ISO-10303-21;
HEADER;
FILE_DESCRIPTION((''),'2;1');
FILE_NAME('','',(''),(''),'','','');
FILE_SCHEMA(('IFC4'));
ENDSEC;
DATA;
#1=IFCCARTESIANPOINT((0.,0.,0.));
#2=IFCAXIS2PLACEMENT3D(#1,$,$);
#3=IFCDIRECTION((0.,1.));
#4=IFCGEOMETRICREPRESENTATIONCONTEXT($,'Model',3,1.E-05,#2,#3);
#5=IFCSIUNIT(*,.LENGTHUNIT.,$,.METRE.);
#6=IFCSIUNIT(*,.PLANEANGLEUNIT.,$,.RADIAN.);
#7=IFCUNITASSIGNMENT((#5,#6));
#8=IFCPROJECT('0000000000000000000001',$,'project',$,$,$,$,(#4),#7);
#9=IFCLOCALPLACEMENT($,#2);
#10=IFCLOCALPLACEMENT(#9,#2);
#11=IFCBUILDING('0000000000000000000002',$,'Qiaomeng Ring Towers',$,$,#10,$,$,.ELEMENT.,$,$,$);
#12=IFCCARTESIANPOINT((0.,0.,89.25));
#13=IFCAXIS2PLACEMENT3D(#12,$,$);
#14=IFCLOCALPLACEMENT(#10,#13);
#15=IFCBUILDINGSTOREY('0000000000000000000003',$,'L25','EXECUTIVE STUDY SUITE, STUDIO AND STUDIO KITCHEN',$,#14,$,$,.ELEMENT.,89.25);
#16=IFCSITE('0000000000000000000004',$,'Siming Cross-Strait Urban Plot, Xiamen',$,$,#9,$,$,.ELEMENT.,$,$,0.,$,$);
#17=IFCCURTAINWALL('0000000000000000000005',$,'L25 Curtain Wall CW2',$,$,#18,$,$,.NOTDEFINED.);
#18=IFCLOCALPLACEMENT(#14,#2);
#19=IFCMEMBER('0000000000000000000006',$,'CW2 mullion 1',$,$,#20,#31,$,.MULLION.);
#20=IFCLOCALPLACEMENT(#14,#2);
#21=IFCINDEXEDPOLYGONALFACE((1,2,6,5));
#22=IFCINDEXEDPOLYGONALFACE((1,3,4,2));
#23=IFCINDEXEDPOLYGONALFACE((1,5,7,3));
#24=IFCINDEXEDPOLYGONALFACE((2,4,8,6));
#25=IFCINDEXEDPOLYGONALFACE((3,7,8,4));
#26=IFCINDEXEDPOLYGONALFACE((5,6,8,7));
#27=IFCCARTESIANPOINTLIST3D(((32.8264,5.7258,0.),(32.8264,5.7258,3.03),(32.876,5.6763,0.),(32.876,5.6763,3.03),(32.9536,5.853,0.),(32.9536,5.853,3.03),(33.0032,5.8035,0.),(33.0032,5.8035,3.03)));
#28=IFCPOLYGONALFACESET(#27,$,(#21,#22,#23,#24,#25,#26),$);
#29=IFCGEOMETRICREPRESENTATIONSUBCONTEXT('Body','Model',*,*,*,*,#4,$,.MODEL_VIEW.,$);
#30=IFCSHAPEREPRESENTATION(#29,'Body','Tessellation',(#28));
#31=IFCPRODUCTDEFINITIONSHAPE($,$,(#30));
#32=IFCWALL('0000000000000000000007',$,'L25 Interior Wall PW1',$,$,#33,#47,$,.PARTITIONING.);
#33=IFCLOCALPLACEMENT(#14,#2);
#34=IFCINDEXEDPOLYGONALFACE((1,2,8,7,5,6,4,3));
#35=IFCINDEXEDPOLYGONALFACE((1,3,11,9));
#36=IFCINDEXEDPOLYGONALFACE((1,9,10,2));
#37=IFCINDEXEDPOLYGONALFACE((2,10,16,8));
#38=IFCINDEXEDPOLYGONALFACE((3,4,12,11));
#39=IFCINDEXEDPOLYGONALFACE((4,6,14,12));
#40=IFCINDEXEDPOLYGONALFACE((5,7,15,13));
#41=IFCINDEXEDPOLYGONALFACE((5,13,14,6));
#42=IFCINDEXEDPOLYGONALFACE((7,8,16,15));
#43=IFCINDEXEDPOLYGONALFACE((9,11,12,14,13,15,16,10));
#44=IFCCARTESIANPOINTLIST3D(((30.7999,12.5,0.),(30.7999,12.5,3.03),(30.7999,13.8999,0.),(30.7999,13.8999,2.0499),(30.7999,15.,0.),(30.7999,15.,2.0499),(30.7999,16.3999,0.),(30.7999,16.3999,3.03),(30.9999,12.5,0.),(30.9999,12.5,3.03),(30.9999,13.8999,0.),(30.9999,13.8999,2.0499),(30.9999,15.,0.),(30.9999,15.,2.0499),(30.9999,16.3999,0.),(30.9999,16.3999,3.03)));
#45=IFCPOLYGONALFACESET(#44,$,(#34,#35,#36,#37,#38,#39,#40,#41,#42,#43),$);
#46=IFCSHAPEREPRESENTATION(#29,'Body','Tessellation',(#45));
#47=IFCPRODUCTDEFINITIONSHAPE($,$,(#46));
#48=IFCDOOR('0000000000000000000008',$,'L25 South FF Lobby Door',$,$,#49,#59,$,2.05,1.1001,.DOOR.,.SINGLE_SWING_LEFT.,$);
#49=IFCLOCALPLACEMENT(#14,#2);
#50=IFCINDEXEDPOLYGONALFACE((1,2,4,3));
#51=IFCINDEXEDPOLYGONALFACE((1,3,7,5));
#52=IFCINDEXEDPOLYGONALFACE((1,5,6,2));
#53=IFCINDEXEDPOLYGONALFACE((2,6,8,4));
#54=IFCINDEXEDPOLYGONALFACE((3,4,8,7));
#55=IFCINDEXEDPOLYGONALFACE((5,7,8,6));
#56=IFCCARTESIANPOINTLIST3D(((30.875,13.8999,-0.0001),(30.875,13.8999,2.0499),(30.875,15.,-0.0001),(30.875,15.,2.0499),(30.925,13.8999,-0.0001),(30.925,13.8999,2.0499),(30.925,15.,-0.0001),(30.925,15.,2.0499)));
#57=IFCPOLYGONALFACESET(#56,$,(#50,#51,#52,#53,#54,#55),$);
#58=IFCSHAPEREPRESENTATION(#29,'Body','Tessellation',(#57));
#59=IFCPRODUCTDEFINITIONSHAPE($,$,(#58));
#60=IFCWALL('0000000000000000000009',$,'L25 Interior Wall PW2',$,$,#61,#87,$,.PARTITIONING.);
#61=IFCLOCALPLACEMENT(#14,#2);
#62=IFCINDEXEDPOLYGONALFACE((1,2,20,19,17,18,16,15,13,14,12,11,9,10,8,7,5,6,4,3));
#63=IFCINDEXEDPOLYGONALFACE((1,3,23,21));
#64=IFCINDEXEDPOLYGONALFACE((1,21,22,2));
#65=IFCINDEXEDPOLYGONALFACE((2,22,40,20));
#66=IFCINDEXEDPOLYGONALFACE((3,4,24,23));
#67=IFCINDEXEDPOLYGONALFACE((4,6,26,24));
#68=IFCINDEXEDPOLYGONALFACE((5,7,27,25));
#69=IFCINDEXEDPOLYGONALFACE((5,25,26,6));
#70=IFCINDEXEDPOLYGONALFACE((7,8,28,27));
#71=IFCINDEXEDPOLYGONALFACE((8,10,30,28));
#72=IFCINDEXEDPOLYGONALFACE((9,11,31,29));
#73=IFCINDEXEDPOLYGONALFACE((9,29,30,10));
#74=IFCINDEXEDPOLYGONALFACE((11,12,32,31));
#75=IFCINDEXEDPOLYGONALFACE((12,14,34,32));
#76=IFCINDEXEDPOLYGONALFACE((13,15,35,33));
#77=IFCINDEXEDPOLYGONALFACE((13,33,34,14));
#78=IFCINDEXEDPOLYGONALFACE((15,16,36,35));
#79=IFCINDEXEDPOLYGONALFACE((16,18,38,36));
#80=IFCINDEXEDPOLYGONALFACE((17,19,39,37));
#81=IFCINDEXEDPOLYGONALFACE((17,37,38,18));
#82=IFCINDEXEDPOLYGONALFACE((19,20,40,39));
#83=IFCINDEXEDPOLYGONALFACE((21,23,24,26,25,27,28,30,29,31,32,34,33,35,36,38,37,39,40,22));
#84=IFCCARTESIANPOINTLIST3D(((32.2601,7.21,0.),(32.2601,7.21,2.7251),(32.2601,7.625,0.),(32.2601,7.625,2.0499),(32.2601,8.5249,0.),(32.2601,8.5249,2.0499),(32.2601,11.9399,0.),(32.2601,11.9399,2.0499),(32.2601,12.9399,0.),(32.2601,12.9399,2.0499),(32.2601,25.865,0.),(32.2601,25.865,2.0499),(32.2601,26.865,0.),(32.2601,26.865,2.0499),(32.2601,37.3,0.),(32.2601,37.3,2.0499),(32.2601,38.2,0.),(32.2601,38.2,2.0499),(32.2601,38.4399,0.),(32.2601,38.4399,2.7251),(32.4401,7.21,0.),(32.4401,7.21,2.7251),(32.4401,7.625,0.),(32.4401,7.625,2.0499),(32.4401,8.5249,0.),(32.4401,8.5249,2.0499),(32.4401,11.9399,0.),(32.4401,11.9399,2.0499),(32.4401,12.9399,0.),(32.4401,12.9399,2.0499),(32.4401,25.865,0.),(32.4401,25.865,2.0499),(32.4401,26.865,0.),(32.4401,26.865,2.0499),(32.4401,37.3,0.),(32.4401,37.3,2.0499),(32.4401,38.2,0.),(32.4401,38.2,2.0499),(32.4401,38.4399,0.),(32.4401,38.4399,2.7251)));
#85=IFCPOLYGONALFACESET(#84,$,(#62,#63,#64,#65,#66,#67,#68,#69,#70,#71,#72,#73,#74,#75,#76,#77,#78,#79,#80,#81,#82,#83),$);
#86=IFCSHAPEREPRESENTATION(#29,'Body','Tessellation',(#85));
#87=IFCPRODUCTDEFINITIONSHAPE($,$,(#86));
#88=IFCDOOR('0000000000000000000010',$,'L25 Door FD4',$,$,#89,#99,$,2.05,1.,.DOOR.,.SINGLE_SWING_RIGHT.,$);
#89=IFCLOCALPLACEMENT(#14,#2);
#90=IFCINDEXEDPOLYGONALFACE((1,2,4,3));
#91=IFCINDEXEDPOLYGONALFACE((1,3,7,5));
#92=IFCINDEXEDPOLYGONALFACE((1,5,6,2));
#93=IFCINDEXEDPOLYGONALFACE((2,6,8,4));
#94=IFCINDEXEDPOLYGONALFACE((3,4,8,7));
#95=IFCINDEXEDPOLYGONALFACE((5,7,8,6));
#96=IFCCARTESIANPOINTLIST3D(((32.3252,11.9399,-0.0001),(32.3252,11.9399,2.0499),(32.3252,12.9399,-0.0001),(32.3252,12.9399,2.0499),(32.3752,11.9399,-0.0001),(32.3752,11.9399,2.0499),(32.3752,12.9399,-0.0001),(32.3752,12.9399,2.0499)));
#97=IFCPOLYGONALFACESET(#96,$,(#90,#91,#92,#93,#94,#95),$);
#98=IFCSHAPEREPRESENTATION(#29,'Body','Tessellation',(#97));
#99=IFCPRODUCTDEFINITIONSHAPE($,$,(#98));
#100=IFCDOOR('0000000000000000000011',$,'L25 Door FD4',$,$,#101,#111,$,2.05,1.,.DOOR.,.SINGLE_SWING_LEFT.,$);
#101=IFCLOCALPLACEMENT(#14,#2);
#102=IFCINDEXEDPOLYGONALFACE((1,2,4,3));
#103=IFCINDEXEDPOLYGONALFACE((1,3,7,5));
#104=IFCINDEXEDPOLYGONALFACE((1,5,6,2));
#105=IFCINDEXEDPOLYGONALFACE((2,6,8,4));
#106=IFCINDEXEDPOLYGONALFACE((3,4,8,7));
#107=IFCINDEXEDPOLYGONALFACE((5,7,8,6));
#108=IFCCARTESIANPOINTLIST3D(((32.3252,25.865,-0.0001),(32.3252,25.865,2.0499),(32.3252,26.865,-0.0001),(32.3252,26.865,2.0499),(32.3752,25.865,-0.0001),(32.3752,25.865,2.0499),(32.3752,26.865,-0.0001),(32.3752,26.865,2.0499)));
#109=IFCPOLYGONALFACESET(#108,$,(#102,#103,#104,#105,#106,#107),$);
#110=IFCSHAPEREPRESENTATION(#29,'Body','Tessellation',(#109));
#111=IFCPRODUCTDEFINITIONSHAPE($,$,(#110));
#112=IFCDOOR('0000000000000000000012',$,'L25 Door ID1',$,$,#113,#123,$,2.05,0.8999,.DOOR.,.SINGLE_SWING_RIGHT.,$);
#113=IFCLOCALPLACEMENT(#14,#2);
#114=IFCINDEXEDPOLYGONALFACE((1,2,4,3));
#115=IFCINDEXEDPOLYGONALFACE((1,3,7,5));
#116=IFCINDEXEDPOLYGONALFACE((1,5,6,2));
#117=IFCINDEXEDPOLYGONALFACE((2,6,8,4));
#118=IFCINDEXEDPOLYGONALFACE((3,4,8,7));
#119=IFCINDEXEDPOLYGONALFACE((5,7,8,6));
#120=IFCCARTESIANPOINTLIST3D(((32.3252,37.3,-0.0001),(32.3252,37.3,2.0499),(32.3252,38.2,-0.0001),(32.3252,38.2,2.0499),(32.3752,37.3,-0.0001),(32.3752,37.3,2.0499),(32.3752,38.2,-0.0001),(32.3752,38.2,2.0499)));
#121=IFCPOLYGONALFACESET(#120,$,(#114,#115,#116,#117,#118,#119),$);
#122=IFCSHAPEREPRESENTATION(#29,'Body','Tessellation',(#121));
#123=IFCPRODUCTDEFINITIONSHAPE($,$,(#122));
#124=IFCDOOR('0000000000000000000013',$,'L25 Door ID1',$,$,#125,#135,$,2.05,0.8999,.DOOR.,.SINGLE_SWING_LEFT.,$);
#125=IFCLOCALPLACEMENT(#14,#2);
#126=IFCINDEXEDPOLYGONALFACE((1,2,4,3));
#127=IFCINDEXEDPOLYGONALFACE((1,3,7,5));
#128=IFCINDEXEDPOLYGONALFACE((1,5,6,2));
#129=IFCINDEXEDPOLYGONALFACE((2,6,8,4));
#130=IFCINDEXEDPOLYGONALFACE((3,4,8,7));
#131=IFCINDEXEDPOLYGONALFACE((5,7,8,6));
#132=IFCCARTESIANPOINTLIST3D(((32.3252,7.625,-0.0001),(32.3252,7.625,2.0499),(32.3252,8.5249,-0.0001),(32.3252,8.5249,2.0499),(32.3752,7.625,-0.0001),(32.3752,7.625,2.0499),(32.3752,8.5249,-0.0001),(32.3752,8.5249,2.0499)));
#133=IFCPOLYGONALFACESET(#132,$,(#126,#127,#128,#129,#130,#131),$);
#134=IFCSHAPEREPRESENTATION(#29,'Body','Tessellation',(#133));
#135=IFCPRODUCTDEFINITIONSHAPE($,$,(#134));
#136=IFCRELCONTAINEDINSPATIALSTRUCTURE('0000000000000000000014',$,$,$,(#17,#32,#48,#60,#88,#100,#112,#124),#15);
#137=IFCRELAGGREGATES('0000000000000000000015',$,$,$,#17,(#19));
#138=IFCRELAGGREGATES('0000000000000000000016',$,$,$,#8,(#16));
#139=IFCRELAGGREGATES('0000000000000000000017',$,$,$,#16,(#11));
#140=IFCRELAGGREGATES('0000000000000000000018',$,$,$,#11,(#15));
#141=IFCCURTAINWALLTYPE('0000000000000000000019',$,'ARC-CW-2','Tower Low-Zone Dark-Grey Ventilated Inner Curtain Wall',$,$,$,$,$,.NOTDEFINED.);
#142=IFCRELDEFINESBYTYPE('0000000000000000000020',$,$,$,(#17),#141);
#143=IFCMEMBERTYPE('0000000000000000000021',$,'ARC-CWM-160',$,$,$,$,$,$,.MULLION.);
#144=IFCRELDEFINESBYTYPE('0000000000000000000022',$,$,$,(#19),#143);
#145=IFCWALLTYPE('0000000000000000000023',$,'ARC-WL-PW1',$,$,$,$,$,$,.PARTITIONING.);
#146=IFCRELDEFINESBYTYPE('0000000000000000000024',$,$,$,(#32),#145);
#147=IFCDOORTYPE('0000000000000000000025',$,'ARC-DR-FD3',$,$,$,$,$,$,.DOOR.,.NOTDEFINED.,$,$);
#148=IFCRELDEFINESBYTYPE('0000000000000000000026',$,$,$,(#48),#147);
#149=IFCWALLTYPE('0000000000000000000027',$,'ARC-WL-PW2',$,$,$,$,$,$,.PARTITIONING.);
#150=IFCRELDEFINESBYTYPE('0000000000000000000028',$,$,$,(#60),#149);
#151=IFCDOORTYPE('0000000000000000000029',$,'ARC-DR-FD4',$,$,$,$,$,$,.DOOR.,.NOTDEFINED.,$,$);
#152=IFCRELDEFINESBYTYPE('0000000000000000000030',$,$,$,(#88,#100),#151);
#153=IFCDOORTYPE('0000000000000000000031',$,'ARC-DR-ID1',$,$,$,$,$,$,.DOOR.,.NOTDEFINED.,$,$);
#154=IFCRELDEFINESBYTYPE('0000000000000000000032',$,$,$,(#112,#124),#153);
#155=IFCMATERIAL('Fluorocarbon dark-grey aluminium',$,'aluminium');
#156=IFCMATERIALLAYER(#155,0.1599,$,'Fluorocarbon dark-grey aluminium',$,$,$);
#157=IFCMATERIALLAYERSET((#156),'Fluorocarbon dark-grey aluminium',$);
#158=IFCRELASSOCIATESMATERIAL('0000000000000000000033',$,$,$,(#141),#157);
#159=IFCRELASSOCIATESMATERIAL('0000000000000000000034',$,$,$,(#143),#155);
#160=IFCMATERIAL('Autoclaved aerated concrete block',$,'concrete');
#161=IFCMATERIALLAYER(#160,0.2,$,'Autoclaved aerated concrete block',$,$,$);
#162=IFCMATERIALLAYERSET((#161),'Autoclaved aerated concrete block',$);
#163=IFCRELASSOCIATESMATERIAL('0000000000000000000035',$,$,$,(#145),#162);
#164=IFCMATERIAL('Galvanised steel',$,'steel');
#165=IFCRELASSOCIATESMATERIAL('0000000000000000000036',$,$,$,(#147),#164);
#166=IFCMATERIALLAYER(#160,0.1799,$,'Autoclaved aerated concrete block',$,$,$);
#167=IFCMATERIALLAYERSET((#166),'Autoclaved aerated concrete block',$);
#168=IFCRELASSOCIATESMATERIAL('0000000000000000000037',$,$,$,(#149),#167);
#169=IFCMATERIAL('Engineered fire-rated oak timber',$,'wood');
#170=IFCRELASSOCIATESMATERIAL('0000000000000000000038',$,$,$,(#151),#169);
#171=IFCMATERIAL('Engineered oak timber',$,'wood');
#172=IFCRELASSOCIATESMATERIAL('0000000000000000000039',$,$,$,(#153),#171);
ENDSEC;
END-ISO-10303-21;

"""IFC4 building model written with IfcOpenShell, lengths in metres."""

from ifc_helpers import new_model, si_unit, direction, frame, frame_2d, origin, origin_2d, place, context, subcontext, project, spatial, rectangle, extrude, source, transform, mapped, material, layer, layer_set, material_profile, profile_set, type_object, element, fill, aggregate, save


model = new_model("IFC4")

# Units and contexts
model_context = context("Model", 3, precision=1e-05, world=origin(), true_north=direction((0.0, 1.0)))
body_context = subcontext(model_context, "Body", "Model", "MODEL_VIEW")
ifc_project = project(units=[si_unit("LENGTHUNIT", "METRE"), si_unit("PLANEANGLEUNIT", "RADIAN")], contexts=[model_context])

# Site, building, storey
site_placement = place(None, origin())
site = spatial("IfcSite", under=ifc_project, at=site_placement, Name="Siming Cross-Strait Urban Plot, Xiamen", CompositionType="ELEMENT", RefElevation=0.0)
building_placement = place(site_placement, origin())
building = spatial("IfcBuilding", under=site, at=building_placement, Name="Qiaomeng Ring Towers", CompositionType="ELEMENT")
storey_placement = place(building_placement, frame((0.0, 0.0, 89.25)))
storey = spatial("IfcBuildingStorey", under=building, at=storey_placement, Name="L25", Description="EXECUTIVE STUDY SUITE, STUDIO AND STUDIO KITCHEN", CompositionType="ELEMENT", Elevation=89.25)

# Curtain wall, member
ifc_material_1 = material(Name="Fluorocarbon dark-grey aluminium", Category="aluminium")
ifc_layer_1 = layer(ifc_material_1, 0.1599, Name="Fluorocarbon dark-grey aluminium")
ifc_layer_set_1 = layer_set([ifc_layer_1], Name="Fluorocarbon dark-grey aluminium")
curtain_wall_type = type_object("IfcCurtainWallType", Name="ARC-CW-2", Description="Tower Low-Zone Dark-Grey Ventilated Inner Curtain Wall", PredefinedType="NOTDEFINED", material=ifc_layer_set_1)
curtain_wall_placement = place(storey_placement, origin())
curtain_wall = element("IfcCurtainWall", 1, at=curtain_wall_placement, inside=storey, type_object=curtain_wall_type, Name="L25 Curtain Wall CW2", PredefinedType="NOTDEFINED")
ifc_material_profile_1 = material_profile(ifc_material_1, rectangle(XDim=0.0701, YDim=0.1799, at=origin_2d()), Name="ALU MULL 70x180")
ifc_profile_set_1 = profile_set([ifc_material_profile_1], Name="Fluorocarbon dark-grey aluminium")
member_type_1 = type_object("IfcMemberType", Name="ARC-CWM-160", PredefinedType="MULLION", material=ifc_profile_set_1)
shared_shape_1 = source(origin(), body_context, "Body", "SweptSolid", [
    extrude(rectangle(XDim=0.0701, YDim=0.1799, at=origin_2d()), origin(), (0.0, 0.0, 1.0), 3.03),
])
member_1_placement = place(storey_placement, frame((32.9148, 5.7646, 0.0), z_axis=(0.0, 0.0, 1.0), x_axis=(-0.707107, 0.707107, 0.0)))
member_1 = element("IfcMember", 2, at=member_1_placement, type_object=member_type_1, Name="CW2 mullion 1", PredefinedType="MULLION", context=body_context, shape_type="MappedRepresentation", body=[
    mapped(shared_shape_1, transform((0.0, 0.0, 0.0), x_axis=(1.0, 0.0, 0.0), y_axis=(0.0, 1.0, 0.0), z_axis=(0.0, 0.0, 1.0), scale=1.0)),
])
aggregate(curtain_wall, [member_1])

# Wall, opening, door
ifc_material_2 = material(Name="Autoclaved aerated concrete block", Category="concrete")
ifc_layer_2 = layer(ifc_material_2, 0.2, Name="Autoclaved aerated concrete block")
ifc_layer_set_2 = layer_set([ifc_layer_2], Name="Autoclaved aerated concrete block")
wall_type_1 = type_object("IfcWallType", Name="ARC-WL-PW1", PredefinedType="PARTITIONING", material=ifc_layer_set_2)
wall_1_placement = place(storey_placement, frame((30.8999, 12.5, 0.0), z_axis=(0.0, 0.0, 1.0), x_axis=(0.0, 1.0, 0.0)))
wall_1 = element("IfcWall", 3, at=wall_1_placement, inside=storey, type_object=wall_type_1, Name="L25 Interior Wall PW1", PredefinedType="PARTITIONING", context=body_context, shape_type="SweptSolid", body=[
    extrude(rectangle(XDim=3.8999, YDim=0.2, at=frame_2d((1.95, 0.0))), origin(), (0.0, 0.0, 1.0), 3.03),
])
opening_1_placement = place(wall_1_placement, frame((1.3999, 0.0, 0.0)))
opening_1 = element("IfcOpeningElement", 4, at=opening_1_placement, cuts=wall_1, PredefinedType="OPENING", context=body_context, shape_type="SweptSolid", body=[
    extrude(rectangle(XDim=1.1001, YDim=2.05, at=frame_2d((0.55, 1.0249))), frame((0.0, 0.1099, 0.0), z_axis=(0.0, -1.0, 0.0), x_axis=(1.0, 0.0, 0.0)), (0.0, 0.0, 1.0), 0.22),
])
ifc_material_3 = material(Name="Galvanised steel", Category="steel")
door_type_1 = type_object("IfcDoorType", Name="ARC-DR-FD3", OperationType="NOTDEFINED", PredefinedType="DOOR", material=ifc_material_3)
shared_shape_2 = source(origin(), body_context, "Body", "SweptSolid", [
    extrude(rectangle(XDim=1.1001, YDim=2.05, at=frame_2d((0.55, 1.0249))), frame((0.0, 0.0249, 0.0), z_axis=(0.0, -1.0, 0.0), x_axis=(1.0, 0.0, 0.0)), (0.0, 0.0, 1.0), 0.05),
])
door_1_placement = place(opening_1_placement, origin())
door_1 = element("IfcDoor", 5, at=door_1_placement, inside=storey, type_object=door_type_1, Name="L25 South FF Lobby Door", OperationType="SINGLE_SWING_LEFT", OverallHeight=2.05, OverallWidth=1.1001, PredefinedType="DOOR", context=body_context, shape_type="MappedRepresentation", body=[
    mapped(shared_shape_2, transform((0.0, 0.0, 0.0), x_axis=(1.0, 0.0, 0.0), y_axis=(0.0, 1.0, 0.0), z_axis=(0.0, 0.0, 1.0), scale=1.0)),
])
fill(opening_1, door_1)

# Wall, openings, doors
ifc_layer_3 = layer(ifc_material_2, 0.1799, Name="Autoclaved aerated concrete block")
ifc_layer_set_3 = layer_set([ifc_layer_3], Name="Autoclaved aerated concrete block")
wall_type_2 = type_object("IfcWallType", Name="ARC-WL-PW2", PredefinedType="PARTITIONING", material=ifc_layer_set_3)
wall_2_placement = place(storey_placement, frame((32.3501, 7.21, 0.0), z_axis=(0.0, 0.0, 1.0), x_axis=(0.0, 1.0, 0.0)))
wall_2 = element("IfcWall", 6, at=wall_2_placement, inside=storey, type_object=wall_type_2, Name="L25 Interior Wall PW2", PredefinedType="PARTITIONING", context=body_context, shape_type="SweptSolid", body=[
    extrude(rectangle(XDim=31.23, YDim=0.1799, at=frame_2d((15.615, 0.0))), origin(), (0.0, 0.0, 1.0), 2.7251),
])
opening_2_placement = place(wall_2_placement, frame((30.0901, 0.0, 0.0)))
opening_2 = element("IfcOpeningElement", 7, at=opening_2_placement, cuts=wall_2, PredefinedType="OPENING", context=body_context, shape_type="SweptSolid", body=[
    extrude(rectangle(XDim=0.8999, YDim=2.05, at=frame_2d((0.45, 1.0249))), frame((0.0, 0.0999, 0.0), z_axis=(0.0, -1.0, 0.0), x_axis=(1.0, 0.0, 0.0)), (0.0, 0.0, 1.0), 0.2),
])
opening_3_placement = place(wall_2_placement, frame((0.415, 0.0, 0.0)))
opening_3 = element("IfcOpeningElement", 8, at=opening_3_placement, cuts=wall_2, PredefinedType="OPENING", context=body_context, shape_type="SweptSolid", body=[
    extrude(rectangle(XDim=0.8999, YDim=2.05, at=frame_2d((0.45, 1.0249))), frame((0.0, 0.0999, 0.0), z_axis=(0.0, -1.0, 0.0), x_axis=(1.0, 0.0, 0.0)), (0.0, 0.0, 1.0), 0.2),
])
opening_4_placement = place(wall_2_placement, frame((4.73, 0.0, 0.0)))
opening_4 = element("IfcOpeningElement", 9, at=opening_4_placement, cuts=wall_2, PredefinedType="OPENING", context=body_context, shape_type="SweptSolid", body=[
    extrude(rectangle(XDim=1.0, YDim=2.05, at=frame_2d((0.5, 1.0249))), frame((0.0, 0.0999, 0.0), z_axis=(0.0, -1.0, 0.0), x_axis=(1.0, 0.0, 0.0)), (0.0, 0.0, 1.0), 0.2),
])
opening_5_placement = place(wall_2_placement, frame((18.655, 0.0, 0.0)))
opening_5 = element("IfcOpeningElement", 10, at=opening_5_placement, cuts=wall_2, PredefinedType="OPENING", context=body_context, shape_type="SweptSolid", body=[
    extrude(rectangle(XDim=1.0, YDim=2.05, at=frame_2d((0.5, 1.0249))), frame((0.0, 0.0999, 0.0), z_axis=(0.0, -1.0, 0.0), x_axis=(1.0, 0.0, 0.0)), (0.0, 0.0, 1.0), 0.2),
])
ifc_material_4 = material(Name="Engineered fire-rated oak timber", Category="wood")
door_type_2 = type_object("IfcDoorType", Name="ARC-DR-FD4", OperationType="NOTDEFINED", PredefinedType="DOOR", material=ifc_material_4)
shared_shape_3 = source(origin(), body_context, "Body", "SweptSolid", [
    extrude(rectangle(XDim=1.0, YDim=2.05, at=frame_2d((0.5, 1.0249))), frame((0.0, 0.0249, 0.0), z_axis=(0.0, -1.0, 0.0), x_axis=(1.0, 0.0, 0.0)), (0.0, 0.0, 1.0), 0.05),
])
door_2_placement = place(opening_4_placement, origin())
door_2 = element("IfcDoor", 11, at=door_2_placement, inside=storey, type_object=door_type_2, Name="L25 Door FD4", OperationType="SINGLE_SWING_RIGHT", OverallHeight=2.05, OverallWidth=1.0, PredefinedType="DOOR", context=body_context, shape_type="MappedRepresentation", body=[
    mapped(shared_shape_3, transform((0.0, 0.0, 0.0), x_axis=(1.0, 0.0, 0.0), y_axis=(0.0, 1.0, 0.0), z_axis=(0.0, 0.0, 1.0), scale=1.0)),
])
fill(opening_4, door_2)
door_3_placement = place(opening_5_placement, origin())
door_3 = element("IfcDoor", 12, at=door_3_placement, inside=storey, type_object=door_type_2, Name="L25 Door FD4", OperationType="SINGLE_SWING_LEFT", OverallHeight=2.05, OverallWidth=1.0, PredefinedType="DOOR", context=body_context, shape_type="MappedRepresentation", body=[
    mapped(shared_shape_3, transform((0.0, 0.0, 0.0), x_axis=(1.0, 0.0, 0.0), y_axis=(0.0, 1.0, 0.0), z_axis=(0.0, 0.0, 1.0), scale=1.0)),
])
fill(opening_5, door_3)
ifc_material_5 = material(Name="Engineered oak timber", Category="wood")
door_type_3 = type_object("IfcDoorType", Name="ARC-DR-ID1", OperationType="NOTDEFINED", PredefinedType="DOOR", material=ifc_material_5)
shared_shape_4 = source(origin(), body_context, "Body", "SweptSolid", [
    extrude(rectangle(XDim=0.8999, YDim=2.05, at=frame_2d((0.45, 1.0249))), frame((0.0, 0.0249, 0.0), z_axis=(0.0, -1.0, 0.0), x_axis=(1.0, 0.0, 0.0)), (0.0, 0.0, 1.0), 0.05),
])
door_4_placement = place(opening_2_placement, origin())
door_4 = element("IfcDoor", 13, at=door_4_placement, inside=storey, type_object=door_type_3, Name="L25 Door ID1", OperationType="SINGLE_SWING_RIGHT", OverallHeight=2.05, OverallWidth=0.8999, PredefinedType="DOOR", context=body_context, shape_type="MappedRepresentation", body=[
    mapped(shared_shape_4, transform((0.0, 0.0, 0.0), x_axis=(1.0, 0.0, 0.0), y_axis=(0.0, 1.0, 0.0), z_axis=(0.0, 0.0, 1.0), scale=1.0)),
])
fill(opening_2, door_4)
door_5_placement = place(opening_3_placement, origin())
door_5 = element("IfcDoor", 14, at=door_5_placement, inside=storey, type_object=door_type_3, Name="L25 Door ID1", OperationType="SINGLE_SWING_LEFT", OverallHeight=2.05, OverallWidth=0.8999, PredefinedType="DOOR", context=body_context, shape_type="MappedRepresentation", body=[
    mapped(shared_shape_4, transform((0.0, 0.0, 0.0), x_axis=(1.0, 0.0, 0.0), y_axis=(0.0, 1.0, 0.0), z_axis=(0.0, 0.0, 1.0), scale=1.0)),
])
fill(opening_3, door_5)

save(model, "model.ifc")
